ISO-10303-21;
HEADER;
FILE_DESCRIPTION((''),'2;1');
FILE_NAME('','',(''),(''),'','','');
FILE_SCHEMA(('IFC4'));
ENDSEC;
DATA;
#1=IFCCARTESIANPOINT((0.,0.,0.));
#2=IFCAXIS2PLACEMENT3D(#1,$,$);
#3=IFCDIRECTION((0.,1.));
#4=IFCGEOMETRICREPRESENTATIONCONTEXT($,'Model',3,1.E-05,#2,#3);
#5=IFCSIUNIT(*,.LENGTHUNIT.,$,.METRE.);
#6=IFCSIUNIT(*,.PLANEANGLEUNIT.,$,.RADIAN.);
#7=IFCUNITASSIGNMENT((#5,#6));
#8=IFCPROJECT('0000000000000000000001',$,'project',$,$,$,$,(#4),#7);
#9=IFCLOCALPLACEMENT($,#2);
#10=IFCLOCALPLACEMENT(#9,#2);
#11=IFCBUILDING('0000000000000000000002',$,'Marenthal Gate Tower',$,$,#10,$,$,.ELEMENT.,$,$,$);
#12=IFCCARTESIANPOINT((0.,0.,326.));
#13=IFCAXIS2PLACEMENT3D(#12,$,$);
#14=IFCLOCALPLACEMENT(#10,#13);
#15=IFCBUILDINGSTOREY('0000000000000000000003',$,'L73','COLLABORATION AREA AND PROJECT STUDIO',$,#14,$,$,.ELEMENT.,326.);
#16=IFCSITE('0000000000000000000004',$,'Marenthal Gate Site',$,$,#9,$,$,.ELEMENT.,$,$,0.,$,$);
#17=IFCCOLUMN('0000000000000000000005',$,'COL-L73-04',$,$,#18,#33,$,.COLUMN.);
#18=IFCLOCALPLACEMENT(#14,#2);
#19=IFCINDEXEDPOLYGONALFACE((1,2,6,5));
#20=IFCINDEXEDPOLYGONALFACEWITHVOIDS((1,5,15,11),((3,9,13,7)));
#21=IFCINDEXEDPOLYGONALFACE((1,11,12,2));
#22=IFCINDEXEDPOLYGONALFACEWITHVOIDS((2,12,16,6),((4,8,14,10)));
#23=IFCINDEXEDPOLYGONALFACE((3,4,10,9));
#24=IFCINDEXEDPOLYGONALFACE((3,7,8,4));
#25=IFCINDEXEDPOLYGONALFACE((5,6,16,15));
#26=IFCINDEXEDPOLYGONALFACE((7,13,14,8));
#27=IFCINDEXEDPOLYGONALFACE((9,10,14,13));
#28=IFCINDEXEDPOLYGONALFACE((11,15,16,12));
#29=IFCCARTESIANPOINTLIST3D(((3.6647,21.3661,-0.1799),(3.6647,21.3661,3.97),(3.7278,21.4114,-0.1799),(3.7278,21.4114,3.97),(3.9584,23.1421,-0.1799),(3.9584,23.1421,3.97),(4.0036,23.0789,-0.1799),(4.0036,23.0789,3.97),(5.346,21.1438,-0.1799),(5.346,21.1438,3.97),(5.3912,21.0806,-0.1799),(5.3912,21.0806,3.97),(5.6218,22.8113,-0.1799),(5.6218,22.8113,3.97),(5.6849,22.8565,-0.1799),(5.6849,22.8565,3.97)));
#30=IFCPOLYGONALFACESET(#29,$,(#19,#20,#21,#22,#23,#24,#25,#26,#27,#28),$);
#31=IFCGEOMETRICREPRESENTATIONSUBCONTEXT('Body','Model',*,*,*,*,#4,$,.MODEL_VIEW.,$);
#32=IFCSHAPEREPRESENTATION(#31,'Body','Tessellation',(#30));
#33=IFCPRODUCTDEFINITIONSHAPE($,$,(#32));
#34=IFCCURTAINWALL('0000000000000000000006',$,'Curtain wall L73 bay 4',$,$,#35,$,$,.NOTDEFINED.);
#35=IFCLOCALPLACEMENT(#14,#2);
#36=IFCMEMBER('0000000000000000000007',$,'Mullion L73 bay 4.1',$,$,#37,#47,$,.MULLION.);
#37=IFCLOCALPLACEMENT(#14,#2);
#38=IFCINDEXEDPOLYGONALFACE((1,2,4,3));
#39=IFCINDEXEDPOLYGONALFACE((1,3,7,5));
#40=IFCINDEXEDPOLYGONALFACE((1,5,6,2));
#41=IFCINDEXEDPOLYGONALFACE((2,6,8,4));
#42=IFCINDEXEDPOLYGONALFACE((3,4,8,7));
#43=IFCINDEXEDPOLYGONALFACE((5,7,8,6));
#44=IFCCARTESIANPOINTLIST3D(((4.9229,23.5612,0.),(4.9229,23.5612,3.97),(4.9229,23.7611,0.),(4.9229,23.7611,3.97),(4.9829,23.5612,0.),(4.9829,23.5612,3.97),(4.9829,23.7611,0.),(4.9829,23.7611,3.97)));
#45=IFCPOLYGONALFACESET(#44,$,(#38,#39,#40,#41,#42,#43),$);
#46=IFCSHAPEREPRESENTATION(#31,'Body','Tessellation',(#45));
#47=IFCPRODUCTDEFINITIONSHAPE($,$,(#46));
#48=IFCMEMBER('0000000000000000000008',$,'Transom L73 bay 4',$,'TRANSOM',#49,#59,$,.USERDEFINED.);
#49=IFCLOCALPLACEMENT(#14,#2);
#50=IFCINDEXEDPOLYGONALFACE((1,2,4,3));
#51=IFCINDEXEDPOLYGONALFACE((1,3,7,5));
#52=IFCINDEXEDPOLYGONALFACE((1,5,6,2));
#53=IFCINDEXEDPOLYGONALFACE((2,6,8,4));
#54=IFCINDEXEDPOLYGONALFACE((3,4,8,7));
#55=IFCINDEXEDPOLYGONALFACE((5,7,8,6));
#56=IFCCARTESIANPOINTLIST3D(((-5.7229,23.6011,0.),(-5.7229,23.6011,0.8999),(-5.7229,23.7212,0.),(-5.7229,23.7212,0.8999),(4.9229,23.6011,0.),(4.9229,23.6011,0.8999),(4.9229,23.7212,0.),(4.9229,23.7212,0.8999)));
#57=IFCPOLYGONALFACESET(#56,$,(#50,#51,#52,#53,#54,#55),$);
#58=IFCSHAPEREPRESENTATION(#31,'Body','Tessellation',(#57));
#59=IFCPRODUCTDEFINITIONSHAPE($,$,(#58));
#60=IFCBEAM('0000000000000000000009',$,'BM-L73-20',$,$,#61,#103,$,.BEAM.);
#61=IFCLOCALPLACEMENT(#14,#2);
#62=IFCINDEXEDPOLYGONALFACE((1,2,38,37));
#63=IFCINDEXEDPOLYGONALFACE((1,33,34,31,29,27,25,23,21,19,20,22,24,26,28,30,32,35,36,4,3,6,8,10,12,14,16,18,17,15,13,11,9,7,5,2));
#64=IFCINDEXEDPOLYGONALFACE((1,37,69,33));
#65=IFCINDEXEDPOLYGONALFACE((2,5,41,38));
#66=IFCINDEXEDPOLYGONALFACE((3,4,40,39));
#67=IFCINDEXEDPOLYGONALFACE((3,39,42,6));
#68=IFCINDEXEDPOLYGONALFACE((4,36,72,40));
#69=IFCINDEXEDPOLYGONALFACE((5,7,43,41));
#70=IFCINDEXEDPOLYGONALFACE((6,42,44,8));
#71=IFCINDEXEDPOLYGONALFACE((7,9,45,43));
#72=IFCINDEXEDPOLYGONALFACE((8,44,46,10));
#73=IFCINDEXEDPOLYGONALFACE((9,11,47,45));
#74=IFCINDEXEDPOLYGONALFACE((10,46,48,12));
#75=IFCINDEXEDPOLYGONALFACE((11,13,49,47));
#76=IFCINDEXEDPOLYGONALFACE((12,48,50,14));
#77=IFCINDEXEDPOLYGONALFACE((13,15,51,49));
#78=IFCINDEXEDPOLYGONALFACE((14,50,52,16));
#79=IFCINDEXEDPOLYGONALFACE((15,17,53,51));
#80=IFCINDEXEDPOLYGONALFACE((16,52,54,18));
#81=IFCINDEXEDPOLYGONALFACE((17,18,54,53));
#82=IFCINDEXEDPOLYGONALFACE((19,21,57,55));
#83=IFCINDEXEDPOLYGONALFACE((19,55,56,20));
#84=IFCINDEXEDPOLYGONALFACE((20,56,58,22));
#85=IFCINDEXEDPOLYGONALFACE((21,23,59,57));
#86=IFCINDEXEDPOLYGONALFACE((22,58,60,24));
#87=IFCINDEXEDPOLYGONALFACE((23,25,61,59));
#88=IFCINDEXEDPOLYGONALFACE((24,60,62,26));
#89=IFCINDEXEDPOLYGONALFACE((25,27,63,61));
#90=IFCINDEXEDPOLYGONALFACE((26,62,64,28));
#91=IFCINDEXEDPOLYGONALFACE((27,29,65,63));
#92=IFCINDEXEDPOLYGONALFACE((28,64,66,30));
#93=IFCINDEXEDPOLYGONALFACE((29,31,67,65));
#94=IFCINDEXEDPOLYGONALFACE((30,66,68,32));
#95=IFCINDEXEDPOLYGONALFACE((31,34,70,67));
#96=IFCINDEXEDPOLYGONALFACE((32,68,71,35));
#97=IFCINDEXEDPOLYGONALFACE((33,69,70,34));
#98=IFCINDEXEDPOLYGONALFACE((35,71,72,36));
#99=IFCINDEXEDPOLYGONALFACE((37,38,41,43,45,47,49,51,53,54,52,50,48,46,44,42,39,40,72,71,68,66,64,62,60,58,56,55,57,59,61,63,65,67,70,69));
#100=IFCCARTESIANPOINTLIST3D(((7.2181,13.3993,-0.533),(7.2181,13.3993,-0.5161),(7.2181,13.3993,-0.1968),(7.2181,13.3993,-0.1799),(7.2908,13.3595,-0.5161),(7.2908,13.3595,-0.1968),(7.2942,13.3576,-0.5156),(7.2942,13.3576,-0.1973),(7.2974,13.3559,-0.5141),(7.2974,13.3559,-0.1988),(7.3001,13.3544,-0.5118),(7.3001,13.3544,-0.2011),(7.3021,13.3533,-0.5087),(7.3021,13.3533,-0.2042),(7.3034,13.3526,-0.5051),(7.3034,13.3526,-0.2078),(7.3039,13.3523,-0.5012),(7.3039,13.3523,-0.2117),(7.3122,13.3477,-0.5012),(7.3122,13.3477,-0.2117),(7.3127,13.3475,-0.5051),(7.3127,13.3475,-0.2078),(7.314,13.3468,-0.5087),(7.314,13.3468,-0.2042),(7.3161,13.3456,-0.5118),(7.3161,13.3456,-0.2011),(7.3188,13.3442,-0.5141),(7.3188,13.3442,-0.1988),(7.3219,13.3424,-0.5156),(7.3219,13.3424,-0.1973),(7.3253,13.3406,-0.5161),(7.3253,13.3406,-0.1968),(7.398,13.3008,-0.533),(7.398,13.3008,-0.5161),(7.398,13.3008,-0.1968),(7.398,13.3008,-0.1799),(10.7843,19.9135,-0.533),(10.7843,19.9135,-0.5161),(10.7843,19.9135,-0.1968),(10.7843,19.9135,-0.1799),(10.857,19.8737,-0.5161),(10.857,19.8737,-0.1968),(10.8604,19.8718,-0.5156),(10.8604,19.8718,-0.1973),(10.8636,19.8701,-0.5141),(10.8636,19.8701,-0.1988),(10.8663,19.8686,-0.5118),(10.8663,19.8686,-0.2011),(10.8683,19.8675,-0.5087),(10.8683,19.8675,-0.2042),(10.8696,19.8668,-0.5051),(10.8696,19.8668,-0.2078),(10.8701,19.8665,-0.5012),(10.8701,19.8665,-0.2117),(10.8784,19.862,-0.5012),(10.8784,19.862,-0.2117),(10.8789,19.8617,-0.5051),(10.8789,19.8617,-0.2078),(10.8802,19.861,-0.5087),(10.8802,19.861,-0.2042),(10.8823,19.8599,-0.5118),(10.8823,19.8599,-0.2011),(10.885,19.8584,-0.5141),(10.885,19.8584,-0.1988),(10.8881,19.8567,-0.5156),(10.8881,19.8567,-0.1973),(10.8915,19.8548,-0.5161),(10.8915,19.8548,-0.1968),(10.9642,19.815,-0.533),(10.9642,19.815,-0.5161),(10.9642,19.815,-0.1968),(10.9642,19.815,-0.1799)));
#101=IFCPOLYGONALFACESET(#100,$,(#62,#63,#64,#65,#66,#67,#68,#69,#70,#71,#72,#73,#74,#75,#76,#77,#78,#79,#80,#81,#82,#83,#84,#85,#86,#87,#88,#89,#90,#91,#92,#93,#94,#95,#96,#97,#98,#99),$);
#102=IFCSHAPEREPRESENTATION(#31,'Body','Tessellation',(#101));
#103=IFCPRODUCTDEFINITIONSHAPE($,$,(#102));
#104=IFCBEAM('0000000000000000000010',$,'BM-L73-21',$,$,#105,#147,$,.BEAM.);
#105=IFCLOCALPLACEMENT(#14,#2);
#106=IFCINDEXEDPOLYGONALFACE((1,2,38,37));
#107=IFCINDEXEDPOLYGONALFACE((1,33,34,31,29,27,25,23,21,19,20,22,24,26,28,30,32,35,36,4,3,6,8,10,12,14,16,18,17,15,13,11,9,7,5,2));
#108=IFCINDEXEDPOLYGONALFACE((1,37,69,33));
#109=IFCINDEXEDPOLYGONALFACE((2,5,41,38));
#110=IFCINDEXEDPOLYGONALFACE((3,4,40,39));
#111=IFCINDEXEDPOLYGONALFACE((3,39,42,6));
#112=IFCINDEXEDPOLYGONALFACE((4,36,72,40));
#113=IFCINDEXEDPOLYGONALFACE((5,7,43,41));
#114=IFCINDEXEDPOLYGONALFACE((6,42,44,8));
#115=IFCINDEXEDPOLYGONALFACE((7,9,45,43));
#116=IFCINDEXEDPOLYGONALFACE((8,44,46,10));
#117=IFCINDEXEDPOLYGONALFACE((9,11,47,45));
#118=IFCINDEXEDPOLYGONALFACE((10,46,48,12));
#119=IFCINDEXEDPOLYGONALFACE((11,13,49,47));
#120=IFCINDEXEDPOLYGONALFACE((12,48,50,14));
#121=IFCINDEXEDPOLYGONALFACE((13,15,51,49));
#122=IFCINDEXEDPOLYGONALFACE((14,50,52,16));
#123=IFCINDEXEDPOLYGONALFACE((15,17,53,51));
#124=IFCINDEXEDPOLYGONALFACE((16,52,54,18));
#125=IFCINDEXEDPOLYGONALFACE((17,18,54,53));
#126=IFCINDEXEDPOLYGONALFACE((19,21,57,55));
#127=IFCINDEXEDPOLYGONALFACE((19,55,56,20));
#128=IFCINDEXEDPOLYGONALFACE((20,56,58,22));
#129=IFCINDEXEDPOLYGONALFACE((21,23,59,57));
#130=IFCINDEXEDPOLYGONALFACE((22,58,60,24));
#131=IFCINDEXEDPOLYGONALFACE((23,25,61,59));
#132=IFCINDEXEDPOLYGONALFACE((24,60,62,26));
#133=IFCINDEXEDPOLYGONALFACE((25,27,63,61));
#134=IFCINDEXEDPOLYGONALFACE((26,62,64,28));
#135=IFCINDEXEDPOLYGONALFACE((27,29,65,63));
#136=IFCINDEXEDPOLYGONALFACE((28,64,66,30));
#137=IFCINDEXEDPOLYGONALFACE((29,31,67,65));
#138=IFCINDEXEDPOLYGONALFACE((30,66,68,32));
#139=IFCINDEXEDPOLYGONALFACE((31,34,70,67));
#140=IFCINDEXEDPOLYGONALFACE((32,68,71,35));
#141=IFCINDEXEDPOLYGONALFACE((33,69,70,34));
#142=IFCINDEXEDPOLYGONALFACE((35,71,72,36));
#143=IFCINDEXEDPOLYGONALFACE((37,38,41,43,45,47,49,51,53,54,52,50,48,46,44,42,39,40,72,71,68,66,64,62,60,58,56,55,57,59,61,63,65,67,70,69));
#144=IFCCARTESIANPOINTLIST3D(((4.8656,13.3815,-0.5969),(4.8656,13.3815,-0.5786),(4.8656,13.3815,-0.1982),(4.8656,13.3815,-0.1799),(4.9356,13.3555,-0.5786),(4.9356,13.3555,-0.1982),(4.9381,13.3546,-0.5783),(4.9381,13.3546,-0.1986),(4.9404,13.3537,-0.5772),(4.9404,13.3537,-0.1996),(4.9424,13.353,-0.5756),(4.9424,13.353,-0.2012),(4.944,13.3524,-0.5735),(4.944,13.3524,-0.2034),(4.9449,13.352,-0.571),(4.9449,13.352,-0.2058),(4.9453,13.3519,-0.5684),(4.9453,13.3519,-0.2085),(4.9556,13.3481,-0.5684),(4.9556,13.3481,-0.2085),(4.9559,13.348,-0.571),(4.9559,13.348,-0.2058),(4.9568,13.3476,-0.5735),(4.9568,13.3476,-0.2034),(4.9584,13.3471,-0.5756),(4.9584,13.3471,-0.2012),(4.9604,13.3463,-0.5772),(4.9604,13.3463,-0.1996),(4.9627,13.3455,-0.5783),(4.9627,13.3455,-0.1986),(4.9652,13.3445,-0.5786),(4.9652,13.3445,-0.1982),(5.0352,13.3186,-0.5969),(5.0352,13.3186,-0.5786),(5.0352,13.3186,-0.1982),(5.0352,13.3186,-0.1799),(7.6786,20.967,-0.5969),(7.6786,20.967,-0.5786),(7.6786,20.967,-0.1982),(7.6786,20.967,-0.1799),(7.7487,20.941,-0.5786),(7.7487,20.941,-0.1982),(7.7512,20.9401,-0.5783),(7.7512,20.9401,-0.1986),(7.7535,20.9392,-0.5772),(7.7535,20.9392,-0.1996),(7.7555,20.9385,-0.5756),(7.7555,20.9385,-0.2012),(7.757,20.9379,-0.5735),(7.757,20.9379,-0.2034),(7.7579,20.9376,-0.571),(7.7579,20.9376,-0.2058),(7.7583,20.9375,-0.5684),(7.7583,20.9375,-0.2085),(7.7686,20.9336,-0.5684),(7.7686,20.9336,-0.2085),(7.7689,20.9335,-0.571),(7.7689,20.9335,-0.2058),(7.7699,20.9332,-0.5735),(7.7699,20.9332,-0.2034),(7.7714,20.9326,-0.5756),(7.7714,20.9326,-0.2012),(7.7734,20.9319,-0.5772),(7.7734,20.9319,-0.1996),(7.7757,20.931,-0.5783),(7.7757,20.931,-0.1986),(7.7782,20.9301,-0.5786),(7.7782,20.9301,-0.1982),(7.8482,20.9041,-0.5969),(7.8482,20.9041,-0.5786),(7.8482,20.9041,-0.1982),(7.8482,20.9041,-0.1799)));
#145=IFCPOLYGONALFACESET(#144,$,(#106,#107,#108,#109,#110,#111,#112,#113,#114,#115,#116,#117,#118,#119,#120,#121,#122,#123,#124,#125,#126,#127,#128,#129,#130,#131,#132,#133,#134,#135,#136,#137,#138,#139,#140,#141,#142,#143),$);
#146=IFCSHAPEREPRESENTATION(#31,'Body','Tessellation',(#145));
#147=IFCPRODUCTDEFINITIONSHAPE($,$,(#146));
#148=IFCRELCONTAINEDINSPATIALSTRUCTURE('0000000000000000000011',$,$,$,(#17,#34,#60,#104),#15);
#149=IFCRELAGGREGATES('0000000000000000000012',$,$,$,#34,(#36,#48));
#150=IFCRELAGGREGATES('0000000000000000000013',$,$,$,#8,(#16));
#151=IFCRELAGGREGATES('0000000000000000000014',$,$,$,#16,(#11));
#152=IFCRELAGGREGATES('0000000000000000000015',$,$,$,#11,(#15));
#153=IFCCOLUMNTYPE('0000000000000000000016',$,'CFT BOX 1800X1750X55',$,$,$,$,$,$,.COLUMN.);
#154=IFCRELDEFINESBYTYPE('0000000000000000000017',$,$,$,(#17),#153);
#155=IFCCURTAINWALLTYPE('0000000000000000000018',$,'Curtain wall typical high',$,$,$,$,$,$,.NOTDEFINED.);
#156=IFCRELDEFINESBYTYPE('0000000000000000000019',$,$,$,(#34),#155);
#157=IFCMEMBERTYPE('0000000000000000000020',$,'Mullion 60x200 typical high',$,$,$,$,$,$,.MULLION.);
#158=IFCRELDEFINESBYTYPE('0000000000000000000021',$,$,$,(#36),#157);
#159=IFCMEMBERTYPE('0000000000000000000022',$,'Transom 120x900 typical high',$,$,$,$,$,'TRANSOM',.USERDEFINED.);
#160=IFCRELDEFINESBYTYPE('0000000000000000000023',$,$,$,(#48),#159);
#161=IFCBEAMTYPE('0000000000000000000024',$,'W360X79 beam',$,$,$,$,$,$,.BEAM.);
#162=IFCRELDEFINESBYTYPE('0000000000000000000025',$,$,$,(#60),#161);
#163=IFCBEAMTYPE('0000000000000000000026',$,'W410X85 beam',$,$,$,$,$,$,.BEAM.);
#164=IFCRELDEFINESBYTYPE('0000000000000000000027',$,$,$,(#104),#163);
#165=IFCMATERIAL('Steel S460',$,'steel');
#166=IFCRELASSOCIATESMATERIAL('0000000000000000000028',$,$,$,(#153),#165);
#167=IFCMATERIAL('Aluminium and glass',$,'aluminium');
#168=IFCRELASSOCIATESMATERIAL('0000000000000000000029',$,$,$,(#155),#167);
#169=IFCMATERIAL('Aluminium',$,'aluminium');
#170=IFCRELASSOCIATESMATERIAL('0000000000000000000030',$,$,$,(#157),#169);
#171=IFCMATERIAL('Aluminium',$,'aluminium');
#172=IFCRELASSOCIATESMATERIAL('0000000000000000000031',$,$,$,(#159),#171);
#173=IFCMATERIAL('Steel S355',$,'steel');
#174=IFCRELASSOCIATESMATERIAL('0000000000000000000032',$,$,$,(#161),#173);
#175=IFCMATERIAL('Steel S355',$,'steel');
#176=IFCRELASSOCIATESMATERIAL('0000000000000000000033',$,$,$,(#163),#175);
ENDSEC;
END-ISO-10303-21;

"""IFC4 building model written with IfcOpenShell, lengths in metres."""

from ifc_helpers import new_model, si_unit, direction, frame, origin, origin_2d, place, context, subcontext, project, spatial, rectangle, hollow_rectangle, i_section, extrude, material, material_profile, profile_set, type_object, element, aggregate, save


model = new_model("IFC4")

# Units and contexts
model_context = context("Model", 3, precision=1e-05, world=origin(), true_north=direction((0.0, 1.0)))
body_context = subcontext(model_context, "Body", "Model", "MODEL_VIEW")
ifc_project = project(units=[si_unit("LENGTHUNIT", "METRE"), si_unit("PLANEANGLEUNIT", "RADIAN")], contexts=[model_context])

# Site, building, storey
site_placement = place(None, origin())
site = spatial("IfcSite", under=ifc_project, at=site_placement, Name="Marenthal Gate Site", CompositionType="ELEMENT", RefElevation=0.0)
building_placement = place(site_placement, origin())
building = spatial("IfcBuilding", under=site, at=building_placement, Name="Marenthal Gate Tower", CompositionType="ELEMENT")
storey_placement = place(building_placement, frame((0.0, 0.0, 326.0)))
storey = spatial("IfcBuildingStorey", under=building, at=storey_placement, Name="L73", Description="COLLABORATION AREA AND PROJECT STUDIO", CompositionType="ELEMENT", Elevation=326.0)

# Column
ifc_material_1 = material(Name="Steel S460", Category="steel")
ifc_material_profile_1 = material_profile(ifc_material_1, hollow_rectangle(XDim=1.75, YDim=1.8, WallThickness=0.0549, at=origin_2d()), Name="CFT BOX 1800X1750X55")
ifc_material_2 = material(Name="Concrete 70 MPa", Category="concrete")
ifc_material_profile_2 = material_profile(ifc_material_2, rectangle(XDim=1.6399, YDim=1.6899, at=origin_2d()), Name="CFT BOX 1800X1750X55 INFILL")
ifc_profile_set_1 = profile_set([ifc_material_profile_1, ifc_material_profile_2], Name="Steel S460 shell, Concrete 70 MPa infill")
column_type = type_object("IfcColumnType", Name="CFT BOX 1800X1750X55", PredefinedType="COLUMN", material=ifc_profile_set_1)
column_placement = place(storey_placement, frame((4.6748, 22.1113, -0.1799), z_axis=(0.0, 0.0, 1.0), x_axis=(0.986599, -0.163164, 0.0)))
element("IfcColumn", 1, at=column_placement, inside=storey, type_object=column_type, Name="COL-L73-04", PredefinedType="COLUMN", context=body_context, shape_type="SweptSolid", body=[
    extrude(hollow_rectangle(XDim=1.75, YDim=1.8, WallThickness=0.0549, at=origin_2d()), origin(), (0.0, 0.0, 1.0), 4.1499),
])

# Curtain wall, members
ifc_material_3 = material(Name="Aluminium and glass", Category="aluminium")
curtain_wall_type = type_object("IfcCurtainWallType", Name="Curtain wall typical high", PredefinedType="NOTDEFINED", material=ifc_material_3)
curtain_wall_placement = place(storey_placement, origin())
curtain_wall = element("IfcCurtainWall", 2, at=curtain_wall_placement, inside=storey, type_object=curtain_wall_type, Name="Curtain wall L73 bay 4", PredefinedType="NOTDEFINED")
ifc_material_4 = material(Name="Aluminium", Category="aluminium")
ifc_material_profile_3 = material_profile(ifc_material_4, rectangle(XDim=0.2, YDim=0.0601, at=origin_2d()), Name="60x200 aluminium mullion")
ifc_profile_set_2 = profile_set([ifc_material_profile_3], Name="Aluminium")
member_type_1 = type_object("IfcMemberType", Name="Mullion 60x200 typical high", PredefinedType="MULLION", material=ifc_profile_set_2)
member_1_placement = place(storey_placement, frame((4.9529, 23.6611, 0.0), z_axis=(0.0, 0.0, 1.0), x_axis=(0.0, -1.0, 0.0)))
member_1 = element("IfcMember", 3, at=member_1_placement, type_object=member_type_1, Name="Mullion L73 bay 4.1", PredefinedType="MULLION", context=body_context, shape_type="SweptSolid", body=[
    extrude(rectangle(XDim=0.2, YDim=0.0601, at=origin_2d()), origin(), (0.0, 0.0, 1.0), 3.97),
])
ifc_material_5 = material(Name="Aluminium", Category="aluminium")
ifc_material_profile_4 = material_profile(ifc_material_5, rectangle(XDim=0.1201, YDim=0.8999, at=origin_2d()), Name="120x900 aluminium transom")
ifc_profile_set_3 = profile_set([ifc_material_profile_4], Name="Aluminium")
member_type_2 = type_object("IfcMemberType", Name="Transom 120x900 typical high", ElementType="TRANSOM", PredefinedType="USERDEFINED", material=ifc_profile_set_3)
member_2_placement = place(storey_placement, frame((4.9229, 23.6611, 0.45), z_axis=(-1.0, 0.0, 0.0), x_axis=(0.0, -1.0, 0.0)))
member_2 = element("IfcMember", 4, at=member_2_placement, type_object=member_type_2, Name="Transom L73 bay 4", ObjectType="TRANSOM", PredefinedType="USERDEFINED", context=body_context, shape_type="SweptSolid", body=[
    extrude(rectangle(XDim=0.1201, YDim=0.8999, at=origin_2d()), origin(), (0.0, 0.0, 1.0), 10.6458),
])

# Beams
ifc_material_6 = material(Name="Steel S355", Category="steel")
ifc_material_profile_5 = material_profile(ifc_material_6, i_section(OverallWidth=0.2051, OverallDepth=0.353, WebThickness=0.0095, FlangeThickness=0.0168, FilletRadius=0.0149, at=origin_2d()), Name="W360X79")
ifc_profile_set_4 = profile_set([ifc_material_profile_5], Name="Steel S355")
beam_type_1 = type_object("IfcBeamType", Name="W360X79 beam", PredefinedType="BEAM", material=ifc_profile_set_4)
beam_1_placement = place(storey_placement, frame((10.8743, 19.8643, -0.3564), z_axis=(-0.480199, -0.87716, 0.0), x_axis=(0.87716, -0.480199, 0.0)))
element("IfcBeam", 5, at=beam_1_placement, inside=storey, type_object=beam_type_1, Name="BM-L73-20", PredefinedType="BEAM", context=body_context, shape_type="SweptSolid", body=[
    extrude(i_section(OverallWidth=0.2051, OverallDepth=0.353, WebThickness=0.0095, FlangeThickness=0.0168, FilletRadius=0.0149, at=origin_2d()), origin(), (0.0, 0.0, 1.0), 7.4265),
])
ifc_material_7 = material(Name="Steel S355", Category="steel")
ifc_material_profile_6 = material_profile(ifc_material_7, i_section(OverallWidth=0.1809, OverallDepth=0.417, WebThickness=0.011, FlangeThickness=0.0183, FilletRadius=0.0103, at=origin_2d()), Name="W410X85")
ifc_profile_set_5 = profile_set([ifc_material_profile_6], Name="Steel S355")
beam_type_2 = type_object("IfcBeamType", Name="W410X85 beam", PredefinedType="BEAM", material=ifc_profile_set_5)
beam_2_placement = place(storey_placement, frame((7.7634, 20.9355, -0.3884), z_axis=(-0.347702, -0.937605, 0.0), x_axis=(0.937605, -0.347702, 0.0)))
element("IfcBeam", 6, at=beam_2_placement, inside=storey, type_object=beam_type_2, Name="BM-L73-21", PredefinedType="BEAM", context=body_context, shape_type="SweptSolid", body=[
    extrude(i_section(OverallWidth=0.1809, OverallDepth=0.417, WebThickness=0.011, FlangeThickness=0.0183, FilletRadius=0.0103, at=origin_2d()), origin(), (0.0, 0.0, 1.0), 8.0903),
])

aggregate(curtain_wall, [member_1, member_2])

save(model, "model.ifc")
